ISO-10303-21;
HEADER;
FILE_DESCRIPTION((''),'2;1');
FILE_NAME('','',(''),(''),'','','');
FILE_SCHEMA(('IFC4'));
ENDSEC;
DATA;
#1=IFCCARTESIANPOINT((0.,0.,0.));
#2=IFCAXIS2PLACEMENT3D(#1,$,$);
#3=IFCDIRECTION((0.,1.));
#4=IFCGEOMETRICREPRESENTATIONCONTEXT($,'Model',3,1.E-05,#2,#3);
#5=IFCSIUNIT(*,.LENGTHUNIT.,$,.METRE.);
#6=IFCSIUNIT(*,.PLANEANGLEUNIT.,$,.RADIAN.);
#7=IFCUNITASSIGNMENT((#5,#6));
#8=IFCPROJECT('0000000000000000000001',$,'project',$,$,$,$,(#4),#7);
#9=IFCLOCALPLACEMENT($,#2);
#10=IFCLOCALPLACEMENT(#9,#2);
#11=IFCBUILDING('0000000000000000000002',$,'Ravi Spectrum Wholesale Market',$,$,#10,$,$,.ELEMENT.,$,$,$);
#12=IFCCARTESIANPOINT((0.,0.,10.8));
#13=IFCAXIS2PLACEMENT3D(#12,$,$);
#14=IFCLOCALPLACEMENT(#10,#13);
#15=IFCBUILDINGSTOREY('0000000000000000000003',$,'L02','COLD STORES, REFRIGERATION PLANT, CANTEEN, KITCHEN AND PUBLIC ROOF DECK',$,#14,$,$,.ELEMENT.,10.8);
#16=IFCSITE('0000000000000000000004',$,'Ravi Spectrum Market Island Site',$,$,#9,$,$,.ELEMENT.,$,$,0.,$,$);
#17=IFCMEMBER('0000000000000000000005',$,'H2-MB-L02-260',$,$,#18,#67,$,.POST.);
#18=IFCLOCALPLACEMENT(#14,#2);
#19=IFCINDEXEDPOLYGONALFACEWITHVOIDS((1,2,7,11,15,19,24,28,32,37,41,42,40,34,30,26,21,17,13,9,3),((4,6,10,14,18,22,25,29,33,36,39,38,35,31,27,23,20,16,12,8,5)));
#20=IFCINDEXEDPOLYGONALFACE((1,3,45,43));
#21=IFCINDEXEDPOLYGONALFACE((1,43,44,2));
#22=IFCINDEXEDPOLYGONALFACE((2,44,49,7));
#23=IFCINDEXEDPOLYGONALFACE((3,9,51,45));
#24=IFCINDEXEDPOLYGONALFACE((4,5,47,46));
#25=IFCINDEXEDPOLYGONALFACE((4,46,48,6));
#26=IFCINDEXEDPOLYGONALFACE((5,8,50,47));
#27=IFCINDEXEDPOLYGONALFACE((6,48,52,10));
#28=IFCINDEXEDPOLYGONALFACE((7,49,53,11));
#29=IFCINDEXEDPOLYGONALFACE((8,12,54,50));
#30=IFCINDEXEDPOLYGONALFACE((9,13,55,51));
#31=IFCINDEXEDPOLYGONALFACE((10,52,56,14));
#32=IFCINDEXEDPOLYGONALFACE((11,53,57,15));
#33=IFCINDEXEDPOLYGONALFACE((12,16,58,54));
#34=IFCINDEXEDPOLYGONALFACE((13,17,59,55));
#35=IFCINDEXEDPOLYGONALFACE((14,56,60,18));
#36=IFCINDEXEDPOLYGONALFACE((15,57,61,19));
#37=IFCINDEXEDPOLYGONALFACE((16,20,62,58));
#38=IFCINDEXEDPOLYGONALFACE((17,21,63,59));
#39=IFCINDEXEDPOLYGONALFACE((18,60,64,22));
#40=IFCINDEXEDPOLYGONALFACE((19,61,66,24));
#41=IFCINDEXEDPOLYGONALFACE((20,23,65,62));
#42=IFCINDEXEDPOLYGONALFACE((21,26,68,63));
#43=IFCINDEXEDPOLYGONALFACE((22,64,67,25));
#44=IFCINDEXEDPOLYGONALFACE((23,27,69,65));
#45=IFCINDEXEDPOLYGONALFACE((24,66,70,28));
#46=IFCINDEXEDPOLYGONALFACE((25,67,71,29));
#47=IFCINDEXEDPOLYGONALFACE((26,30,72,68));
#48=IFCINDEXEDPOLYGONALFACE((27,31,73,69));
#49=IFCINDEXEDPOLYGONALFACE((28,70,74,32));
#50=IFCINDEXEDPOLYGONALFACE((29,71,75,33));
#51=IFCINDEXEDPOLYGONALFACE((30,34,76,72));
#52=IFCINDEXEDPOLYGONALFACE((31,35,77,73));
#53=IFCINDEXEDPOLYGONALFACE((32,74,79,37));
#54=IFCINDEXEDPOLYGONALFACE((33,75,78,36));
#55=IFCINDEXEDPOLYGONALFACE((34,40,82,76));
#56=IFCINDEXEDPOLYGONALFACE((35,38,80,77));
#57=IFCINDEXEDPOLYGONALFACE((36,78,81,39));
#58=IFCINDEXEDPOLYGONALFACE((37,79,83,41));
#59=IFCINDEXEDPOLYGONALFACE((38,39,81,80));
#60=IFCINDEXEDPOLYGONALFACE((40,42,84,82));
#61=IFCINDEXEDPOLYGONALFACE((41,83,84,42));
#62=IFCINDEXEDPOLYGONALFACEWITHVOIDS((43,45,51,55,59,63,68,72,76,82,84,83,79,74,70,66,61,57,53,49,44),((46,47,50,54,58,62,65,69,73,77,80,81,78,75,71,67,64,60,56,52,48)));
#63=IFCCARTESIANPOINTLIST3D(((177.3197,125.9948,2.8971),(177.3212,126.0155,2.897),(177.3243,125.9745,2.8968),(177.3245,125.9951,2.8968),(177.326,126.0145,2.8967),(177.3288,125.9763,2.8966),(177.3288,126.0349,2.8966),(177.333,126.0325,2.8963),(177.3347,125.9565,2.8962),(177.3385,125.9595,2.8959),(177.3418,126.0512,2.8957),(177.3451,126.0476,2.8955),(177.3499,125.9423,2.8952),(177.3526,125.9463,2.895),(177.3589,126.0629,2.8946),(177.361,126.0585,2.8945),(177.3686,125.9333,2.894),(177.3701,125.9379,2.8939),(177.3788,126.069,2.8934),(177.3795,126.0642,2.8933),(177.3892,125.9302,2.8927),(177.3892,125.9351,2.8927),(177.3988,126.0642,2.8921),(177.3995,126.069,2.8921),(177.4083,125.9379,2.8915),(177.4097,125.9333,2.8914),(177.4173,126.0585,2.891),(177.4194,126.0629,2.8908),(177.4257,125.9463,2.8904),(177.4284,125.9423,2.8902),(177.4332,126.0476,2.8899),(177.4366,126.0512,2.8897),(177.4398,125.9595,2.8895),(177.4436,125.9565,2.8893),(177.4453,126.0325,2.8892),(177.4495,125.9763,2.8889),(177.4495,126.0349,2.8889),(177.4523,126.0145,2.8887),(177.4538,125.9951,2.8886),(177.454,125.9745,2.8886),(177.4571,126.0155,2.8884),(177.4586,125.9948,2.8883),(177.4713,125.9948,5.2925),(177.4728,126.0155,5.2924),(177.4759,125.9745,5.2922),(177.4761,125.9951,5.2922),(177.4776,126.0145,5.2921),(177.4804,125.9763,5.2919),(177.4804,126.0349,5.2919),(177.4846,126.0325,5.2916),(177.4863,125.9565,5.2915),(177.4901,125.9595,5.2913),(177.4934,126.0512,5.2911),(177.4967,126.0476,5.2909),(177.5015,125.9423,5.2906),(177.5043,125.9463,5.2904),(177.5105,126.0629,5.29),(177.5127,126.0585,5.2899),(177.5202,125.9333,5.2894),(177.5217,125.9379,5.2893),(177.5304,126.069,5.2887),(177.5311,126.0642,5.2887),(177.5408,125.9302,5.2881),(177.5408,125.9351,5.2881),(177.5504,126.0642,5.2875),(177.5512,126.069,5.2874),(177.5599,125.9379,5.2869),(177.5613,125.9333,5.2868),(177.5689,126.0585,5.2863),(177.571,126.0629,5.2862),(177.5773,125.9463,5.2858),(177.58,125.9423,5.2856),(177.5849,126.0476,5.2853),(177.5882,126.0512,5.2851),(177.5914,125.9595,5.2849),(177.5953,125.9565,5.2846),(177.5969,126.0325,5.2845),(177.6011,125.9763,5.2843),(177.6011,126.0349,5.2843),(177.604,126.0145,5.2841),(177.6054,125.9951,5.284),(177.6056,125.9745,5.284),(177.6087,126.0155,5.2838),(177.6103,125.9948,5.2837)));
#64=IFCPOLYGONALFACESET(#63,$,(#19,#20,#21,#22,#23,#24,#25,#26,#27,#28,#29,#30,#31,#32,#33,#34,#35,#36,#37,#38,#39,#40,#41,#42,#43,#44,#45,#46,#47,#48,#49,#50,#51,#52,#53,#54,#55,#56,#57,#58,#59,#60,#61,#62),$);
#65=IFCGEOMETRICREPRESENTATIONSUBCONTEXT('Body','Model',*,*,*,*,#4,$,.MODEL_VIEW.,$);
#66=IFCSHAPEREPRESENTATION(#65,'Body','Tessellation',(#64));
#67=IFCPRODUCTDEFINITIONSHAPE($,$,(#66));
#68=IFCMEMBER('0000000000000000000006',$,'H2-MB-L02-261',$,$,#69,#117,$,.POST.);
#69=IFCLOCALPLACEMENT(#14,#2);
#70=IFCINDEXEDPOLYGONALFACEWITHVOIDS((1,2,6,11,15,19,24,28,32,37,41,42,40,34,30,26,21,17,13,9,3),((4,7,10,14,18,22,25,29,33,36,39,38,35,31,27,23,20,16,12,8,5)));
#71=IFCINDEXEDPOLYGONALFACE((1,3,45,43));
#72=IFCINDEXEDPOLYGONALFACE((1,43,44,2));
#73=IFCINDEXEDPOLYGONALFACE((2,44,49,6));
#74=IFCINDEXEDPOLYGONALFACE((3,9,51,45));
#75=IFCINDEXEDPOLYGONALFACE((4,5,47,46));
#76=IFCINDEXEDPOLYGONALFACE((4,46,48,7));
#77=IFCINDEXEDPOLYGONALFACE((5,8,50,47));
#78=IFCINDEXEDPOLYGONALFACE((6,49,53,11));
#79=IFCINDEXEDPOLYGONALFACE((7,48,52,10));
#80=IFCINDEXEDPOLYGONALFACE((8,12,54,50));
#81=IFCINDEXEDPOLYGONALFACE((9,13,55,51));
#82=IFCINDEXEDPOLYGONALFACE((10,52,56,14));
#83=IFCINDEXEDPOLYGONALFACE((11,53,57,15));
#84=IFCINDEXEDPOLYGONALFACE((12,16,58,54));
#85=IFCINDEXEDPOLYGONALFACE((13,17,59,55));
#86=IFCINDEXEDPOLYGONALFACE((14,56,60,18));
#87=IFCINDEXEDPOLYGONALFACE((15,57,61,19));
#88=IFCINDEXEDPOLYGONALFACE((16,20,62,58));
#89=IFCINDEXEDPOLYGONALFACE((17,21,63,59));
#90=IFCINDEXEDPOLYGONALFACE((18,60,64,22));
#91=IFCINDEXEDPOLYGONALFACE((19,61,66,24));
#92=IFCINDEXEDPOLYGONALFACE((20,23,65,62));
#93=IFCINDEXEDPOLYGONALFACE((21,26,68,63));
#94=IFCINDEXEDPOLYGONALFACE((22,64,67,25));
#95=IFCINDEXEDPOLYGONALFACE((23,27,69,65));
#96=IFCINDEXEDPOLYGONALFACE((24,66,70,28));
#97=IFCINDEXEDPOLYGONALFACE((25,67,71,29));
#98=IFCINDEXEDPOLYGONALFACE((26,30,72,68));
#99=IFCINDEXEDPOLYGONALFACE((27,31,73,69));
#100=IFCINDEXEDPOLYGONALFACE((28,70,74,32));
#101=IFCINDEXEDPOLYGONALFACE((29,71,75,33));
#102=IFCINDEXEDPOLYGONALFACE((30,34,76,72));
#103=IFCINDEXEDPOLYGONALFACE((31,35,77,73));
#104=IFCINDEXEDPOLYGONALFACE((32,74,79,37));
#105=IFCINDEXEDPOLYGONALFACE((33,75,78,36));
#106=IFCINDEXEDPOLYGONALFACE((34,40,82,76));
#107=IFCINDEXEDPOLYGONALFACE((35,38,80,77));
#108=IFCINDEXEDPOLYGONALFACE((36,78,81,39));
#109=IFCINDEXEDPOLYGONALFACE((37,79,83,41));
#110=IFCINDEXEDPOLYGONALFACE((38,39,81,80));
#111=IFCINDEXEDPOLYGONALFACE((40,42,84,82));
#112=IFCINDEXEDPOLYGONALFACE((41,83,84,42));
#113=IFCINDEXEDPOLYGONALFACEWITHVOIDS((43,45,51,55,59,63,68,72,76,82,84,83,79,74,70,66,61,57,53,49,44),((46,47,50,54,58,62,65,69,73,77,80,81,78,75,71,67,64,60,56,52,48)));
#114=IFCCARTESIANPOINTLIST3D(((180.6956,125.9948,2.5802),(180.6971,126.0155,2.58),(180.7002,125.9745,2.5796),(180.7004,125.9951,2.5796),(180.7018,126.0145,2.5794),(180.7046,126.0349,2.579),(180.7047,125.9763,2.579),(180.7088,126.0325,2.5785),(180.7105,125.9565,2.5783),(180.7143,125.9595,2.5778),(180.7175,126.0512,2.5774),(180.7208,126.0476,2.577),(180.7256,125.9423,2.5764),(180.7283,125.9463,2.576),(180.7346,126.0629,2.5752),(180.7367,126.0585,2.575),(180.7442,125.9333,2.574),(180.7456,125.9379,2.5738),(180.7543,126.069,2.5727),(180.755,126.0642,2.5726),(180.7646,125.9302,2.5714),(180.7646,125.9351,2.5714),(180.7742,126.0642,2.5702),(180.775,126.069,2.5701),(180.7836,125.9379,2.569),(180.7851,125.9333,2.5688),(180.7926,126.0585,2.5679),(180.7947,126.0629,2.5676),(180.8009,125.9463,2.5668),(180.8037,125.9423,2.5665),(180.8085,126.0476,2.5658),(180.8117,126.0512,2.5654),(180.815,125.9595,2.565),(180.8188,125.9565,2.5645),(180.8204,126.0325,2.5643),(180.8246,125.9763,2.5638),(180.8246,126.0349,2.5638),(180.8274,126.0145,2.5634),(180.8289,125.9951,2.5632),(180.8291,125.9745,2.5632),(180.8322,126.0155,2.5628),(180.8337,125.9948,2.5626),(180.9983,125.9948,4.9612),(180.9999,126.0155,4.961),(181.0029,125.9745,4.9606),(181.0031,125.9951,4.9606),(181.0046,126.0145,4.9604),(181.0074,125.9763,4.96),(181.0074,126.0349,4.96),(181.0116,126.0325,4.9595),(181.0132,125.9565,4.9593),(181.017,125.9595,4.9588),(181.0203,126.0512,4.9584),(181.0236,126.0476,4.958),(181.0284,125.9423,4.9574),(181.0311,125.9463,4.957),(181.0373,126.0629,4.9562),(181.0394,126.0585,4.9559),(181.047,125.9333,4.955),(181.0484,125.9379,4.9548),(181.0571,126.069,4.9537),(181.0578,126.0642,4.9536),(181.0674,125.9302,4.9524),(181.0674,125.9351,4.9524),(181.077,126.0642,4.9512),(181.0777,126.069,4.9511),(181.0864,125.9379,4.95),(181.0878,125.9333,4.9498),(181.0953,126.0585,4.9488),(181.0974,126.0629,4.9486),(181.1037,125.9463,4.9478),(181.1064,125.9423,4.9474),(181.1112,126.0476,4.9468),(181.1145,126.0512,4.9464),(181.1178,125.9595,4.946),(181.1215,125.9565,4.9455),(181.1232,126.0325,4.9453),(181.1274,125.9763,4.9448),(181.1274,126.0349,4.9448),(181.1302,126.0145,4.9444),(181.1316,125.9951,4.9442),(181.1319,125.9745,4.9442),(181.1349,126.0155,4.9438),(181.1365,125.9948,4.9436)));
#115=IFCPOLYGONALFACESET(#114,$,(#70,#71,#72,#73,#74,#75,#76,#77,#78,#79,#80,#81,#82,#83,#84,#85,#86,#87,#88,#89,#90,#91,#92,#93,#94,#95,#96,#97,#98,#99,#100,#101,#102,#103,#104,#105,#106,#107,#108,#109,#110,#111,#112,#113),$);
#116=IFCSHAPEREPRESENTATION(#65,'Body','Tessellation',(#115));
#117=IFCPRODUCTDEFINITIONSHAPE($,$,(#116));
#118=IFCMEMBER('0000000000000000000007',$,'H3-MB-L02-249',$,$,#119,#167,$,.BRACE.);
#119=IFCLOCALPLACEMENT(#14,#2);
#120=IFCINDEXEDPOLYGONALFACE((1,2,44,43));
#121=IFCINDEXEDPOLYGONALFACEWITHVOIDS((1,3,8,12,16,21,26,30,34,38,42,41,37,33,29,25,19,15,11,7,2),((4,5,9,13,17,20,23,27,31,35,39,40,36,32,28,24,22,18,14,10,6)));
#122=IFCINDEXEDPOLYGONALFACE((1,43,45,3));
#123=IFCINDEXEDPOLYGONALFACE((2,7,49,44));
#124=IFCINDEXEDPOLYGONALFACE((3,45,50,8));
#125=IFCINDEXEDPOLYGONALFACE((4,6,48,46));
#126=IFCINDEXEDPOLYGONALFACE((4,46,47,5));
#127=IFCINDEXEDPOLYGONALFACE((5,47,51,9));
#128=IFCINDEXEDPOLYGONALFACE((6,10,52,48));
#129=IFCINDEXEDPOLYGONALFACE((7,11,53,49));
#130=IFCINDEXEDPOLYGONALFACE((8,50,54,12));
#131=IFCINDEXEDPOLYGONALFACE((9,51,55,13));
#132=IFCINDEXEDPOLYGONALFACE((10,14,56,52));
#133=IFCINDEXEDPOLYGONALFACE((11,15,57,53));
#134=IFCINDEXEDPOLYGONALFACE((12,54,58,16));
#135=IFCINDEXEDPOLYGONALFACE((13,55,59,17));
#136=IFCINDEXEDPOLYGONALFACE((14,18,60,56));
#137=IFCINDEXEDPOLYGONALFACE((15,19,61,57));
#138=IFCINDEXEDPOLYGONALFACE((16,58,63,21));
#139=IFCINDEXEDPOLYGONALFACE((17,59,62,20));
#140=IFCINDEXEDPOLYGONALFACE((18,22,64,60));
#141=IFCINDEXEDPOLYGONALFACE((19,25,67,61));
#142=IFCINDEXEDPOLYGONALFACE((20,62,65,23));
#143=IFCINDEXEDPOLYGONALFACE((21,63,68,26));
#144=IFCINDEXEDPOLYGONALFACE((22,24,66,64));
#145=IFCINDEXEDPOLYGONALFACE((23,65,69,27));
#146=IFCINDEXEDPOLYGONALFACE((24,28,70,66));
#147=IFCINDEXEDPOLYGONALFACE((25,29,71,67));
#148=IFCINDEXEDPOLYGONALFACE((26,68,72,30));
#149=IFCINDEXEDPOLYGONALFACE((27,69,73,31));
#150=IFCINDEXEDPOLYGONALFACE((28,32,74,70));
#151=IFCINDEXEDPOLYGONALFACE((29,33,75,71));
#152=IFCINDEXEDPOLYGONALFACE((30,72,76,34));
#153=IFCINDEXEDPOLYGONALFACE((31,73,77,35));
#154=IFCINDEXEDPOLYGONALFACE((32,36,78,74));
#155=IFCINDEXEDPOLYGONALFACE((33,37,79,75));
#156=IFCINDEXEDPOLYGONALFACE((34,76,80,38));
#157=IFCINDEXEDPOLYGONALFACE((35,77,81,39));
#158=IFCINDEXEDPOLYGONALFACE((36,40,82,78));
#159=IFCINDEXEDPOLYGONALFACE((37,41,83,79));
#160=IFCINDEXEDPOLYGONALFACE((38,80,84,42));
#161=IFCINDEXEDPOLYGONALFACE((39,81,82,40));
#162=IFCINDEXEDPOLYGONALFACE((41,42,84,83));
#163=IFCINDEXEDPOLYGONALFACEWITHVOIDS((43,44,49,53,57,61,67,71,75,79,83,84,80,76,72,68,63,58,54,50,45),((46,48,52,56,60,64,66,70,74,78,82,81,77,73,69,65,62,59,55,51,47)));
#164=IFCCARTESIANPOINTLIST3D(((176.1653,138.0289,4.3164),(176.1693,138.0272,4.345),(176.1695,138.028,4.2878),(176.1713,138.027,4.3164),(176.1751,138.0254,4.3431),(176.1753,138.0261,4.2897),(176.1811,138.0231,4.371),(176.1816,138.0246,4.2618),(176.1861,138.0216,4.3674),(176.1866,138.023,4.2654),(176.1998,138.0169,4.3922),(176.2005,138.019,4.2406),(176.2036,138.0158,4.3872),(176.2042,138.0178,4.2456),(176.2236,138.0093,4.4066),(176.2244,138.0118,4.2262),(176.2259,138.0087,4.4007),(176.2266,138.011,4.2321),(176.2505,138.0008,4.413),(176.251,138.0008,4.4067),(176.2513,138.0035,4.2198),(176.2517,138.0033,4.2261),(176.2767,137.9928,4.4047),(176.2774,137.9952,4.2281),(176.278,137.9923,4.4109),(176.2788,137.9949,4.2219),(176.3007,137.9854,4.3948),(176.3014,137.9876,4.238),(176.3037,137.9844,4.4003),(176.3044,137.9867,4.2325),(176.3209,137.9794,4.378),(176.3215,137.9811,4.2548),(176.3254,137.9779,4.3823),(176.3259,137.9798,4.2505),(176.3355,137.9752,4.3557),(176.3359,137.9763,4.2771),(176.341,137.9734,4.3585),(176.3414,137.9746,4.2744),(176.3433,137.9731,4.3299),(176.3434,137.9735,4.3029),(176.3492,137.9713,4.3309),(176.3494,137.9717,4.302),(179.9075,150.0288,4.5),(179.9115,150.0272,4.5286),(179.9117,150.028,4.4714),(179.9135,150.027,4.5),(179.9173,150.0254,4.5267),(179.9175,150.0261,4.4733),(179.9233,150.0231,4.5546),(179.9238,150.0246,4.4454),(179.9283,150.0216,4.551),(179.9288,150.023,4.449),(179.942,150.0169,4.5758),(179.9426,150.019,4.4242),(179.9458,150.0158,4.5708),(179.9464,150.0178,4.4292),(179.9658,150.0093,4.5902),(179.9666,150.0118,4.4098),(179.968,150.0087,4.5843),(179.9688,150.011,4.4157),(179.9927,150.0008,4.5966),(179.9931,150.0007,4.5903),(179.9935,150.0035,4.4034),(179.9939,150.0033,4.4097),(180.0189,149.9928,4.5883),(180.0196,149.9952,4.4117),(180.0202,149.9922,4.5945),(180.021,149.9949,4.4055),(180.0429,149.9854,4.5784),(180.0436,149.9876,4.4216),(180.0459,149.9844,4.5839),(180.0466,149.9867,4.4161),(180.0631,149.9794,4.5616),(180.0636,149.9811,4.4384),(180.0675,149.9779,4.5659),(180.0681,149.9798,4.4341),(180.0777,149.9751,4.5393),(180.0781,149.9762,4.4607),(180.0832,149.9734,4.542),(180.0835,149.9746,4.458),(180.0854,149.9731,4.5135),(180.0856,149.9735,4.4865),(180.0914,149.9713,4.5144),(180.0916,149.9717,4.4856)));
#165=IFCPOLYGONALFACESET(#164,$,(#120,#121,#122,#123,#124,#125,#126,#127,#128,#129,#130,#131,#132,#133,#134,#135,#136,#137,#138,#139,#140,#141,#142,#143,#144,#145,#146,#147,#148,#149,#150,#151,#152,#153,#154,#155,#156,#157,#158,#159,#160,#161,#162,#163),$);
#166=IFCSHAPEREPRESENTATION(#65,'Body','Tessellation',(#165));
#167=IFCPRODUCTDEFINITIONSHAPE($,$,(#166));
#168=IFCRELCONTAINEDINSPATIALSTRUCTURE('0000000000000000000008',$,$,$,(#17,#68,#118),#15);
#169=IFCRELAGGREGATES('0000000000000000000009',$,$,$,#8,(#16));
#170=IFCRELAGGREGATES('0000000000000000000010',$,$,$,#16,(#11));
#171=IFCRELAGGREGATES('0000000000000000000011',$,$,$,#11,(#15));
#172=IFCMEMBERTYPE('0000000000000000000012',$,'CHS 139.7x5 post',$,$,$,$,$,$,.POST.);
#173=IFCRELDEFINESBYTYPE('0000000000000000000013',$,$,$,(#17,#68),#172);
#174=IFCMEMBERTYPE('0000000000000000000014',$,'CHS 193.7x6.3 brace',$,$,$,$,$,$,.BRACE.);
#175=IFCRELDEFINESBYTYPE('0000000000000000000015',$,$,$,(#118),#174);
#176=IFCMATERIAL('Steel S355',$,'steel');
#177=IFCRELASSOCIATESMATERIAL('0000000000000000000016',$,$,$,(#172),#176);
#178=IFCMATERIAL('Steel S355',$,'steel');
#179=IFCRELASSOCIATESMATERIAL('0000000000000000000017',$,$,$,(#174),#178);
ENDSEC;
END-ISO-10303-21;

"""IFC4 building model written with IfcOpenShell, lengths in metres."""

from ifc_helpers import new_model, si_unit, direction, frame, origin, origin_2d, place, context, subcontext, project, spatial, hollow_circle, extrude, material, material_profile, profile_set, type_object, element, save


model = new_model("IFC4")

# Units and contexts
model_context = context("Model", 3, precision=1e-05, world=origin(), true_north=direction((0.0, 1.0)))
body_context = subcontext(model_context, "Body", "Model", "MODEL_VIEW")
ifc_project = project(units=[si_unit("LENGTHUNIT", "METRE"), si_unit("PLANEANGLEUNIT", "RADIAN")], contexts=[model_context])

# Site, building, storey
site_placement = place(None, origin())
site = spatial("IfcSite", under=ifc_project, at=site_placement, Name="Ravi Spectrum Market Island Site", CompositionType="ELEMENT", RefElevation=0.0)
building_placement = place(site_placement, origin())
building = spatial("IfcBuilding", under=site, at=building_placement, Name="Ravi Spectrum Wholesale Market", CompositionType="ELEMENT")
storey_placement = place(building_placement, frame((0.0, 0.0, 10.8)))
storey = spatial("IfcBuildingStorey", under=building, at=storey_placement, Name="L02", Description="COLD STORES, REFRIGERATION PLANT, CANTEEN, KITCHEN AND PUBLIC ROOF DECK", CompositionType="ELEMENT", Elevation=10.8)

# Members
ifc_material_1 = material(Name="Steel S355", Category="steel")
ifc_material_profile_1 = material_profile(ifc_material_1, hollow_circle(Radius=0.0698, WallThickness=0.0049, at=origin_2d()))
ifc_profile_set_1 = profile_set([ifc_material_profile_1], Name="Steel S355")
member_type_1 = type_object("IfcMemberType", Name="CHS 139.7x5 post", PredefinedType="POST", material=ifc_profile_set_1)
for number, where, z_axis, x_axis, name in (
    (1, (177.5408, 126.0, 5.2881), (-0.06317, 0.0, -0.998003), (0.0, -1.0, 0.0), "H2-MB-L02-260"),
    (2, (181.0674, 126.0, 4.9524), (-0.126138, 0.0, -0.992013), (0.0, -1.0, 0.0), "H2-MB-L02-261"),
):
    element("IfcMember", number, at=place(storey_placement, frame(where, z_axis=z_axis, x_axis=x_axis)), inside=storey, type_object=member_type_1, Name=name, PredefinedType="POST", context=body_context, shape_type="SweptSolid", body=[
        extrude(hollow_circle(Radius=0.0698, WallThickness=0.0049, at=origin_2d()), origin(), (0.0, 0.0, 1.0), 2.4001),
    ])
ifc_material_2 = material(Name="Steel S355", Category="steel")
ifc_material_profile_2 = material_profile(ifc_material_2, hollow_circle(Radius=0.0969, WallThickness=0.0063, at=origin_2d()))
ifc_profile_set_2 = profile_set([ifc_material_profile_2], Name="Steel S355")
member_type_2 = type_object("IfcMemberType", Name="CHS 193.7x6.3 brace", PredefinedType="BRACE", material=ifc_profile_set_2)
member_1_placement = place(storey_placement, frame((176.2578, 138.0, 4.3164), z_axis=(0.297677, 0.954555, 0.014604), x_axis=(-0.954657, 0.297709, 0.0)))
element("IfcMember", 3, at=member_1_placement, inside=storey, type_object=member_type_2, Name="H3-MB-L02-249", PredefinedType="BRACE", context=body_context, shape_type="SweptSolid", body=[
    extrude(hollow_circle(Radius=0.0969, WallThickness=0.0063, at=origin_2d()), origin(), (0.0, 0.0, 1.0), 12.5713),
])

save(model, "model.ifc")
